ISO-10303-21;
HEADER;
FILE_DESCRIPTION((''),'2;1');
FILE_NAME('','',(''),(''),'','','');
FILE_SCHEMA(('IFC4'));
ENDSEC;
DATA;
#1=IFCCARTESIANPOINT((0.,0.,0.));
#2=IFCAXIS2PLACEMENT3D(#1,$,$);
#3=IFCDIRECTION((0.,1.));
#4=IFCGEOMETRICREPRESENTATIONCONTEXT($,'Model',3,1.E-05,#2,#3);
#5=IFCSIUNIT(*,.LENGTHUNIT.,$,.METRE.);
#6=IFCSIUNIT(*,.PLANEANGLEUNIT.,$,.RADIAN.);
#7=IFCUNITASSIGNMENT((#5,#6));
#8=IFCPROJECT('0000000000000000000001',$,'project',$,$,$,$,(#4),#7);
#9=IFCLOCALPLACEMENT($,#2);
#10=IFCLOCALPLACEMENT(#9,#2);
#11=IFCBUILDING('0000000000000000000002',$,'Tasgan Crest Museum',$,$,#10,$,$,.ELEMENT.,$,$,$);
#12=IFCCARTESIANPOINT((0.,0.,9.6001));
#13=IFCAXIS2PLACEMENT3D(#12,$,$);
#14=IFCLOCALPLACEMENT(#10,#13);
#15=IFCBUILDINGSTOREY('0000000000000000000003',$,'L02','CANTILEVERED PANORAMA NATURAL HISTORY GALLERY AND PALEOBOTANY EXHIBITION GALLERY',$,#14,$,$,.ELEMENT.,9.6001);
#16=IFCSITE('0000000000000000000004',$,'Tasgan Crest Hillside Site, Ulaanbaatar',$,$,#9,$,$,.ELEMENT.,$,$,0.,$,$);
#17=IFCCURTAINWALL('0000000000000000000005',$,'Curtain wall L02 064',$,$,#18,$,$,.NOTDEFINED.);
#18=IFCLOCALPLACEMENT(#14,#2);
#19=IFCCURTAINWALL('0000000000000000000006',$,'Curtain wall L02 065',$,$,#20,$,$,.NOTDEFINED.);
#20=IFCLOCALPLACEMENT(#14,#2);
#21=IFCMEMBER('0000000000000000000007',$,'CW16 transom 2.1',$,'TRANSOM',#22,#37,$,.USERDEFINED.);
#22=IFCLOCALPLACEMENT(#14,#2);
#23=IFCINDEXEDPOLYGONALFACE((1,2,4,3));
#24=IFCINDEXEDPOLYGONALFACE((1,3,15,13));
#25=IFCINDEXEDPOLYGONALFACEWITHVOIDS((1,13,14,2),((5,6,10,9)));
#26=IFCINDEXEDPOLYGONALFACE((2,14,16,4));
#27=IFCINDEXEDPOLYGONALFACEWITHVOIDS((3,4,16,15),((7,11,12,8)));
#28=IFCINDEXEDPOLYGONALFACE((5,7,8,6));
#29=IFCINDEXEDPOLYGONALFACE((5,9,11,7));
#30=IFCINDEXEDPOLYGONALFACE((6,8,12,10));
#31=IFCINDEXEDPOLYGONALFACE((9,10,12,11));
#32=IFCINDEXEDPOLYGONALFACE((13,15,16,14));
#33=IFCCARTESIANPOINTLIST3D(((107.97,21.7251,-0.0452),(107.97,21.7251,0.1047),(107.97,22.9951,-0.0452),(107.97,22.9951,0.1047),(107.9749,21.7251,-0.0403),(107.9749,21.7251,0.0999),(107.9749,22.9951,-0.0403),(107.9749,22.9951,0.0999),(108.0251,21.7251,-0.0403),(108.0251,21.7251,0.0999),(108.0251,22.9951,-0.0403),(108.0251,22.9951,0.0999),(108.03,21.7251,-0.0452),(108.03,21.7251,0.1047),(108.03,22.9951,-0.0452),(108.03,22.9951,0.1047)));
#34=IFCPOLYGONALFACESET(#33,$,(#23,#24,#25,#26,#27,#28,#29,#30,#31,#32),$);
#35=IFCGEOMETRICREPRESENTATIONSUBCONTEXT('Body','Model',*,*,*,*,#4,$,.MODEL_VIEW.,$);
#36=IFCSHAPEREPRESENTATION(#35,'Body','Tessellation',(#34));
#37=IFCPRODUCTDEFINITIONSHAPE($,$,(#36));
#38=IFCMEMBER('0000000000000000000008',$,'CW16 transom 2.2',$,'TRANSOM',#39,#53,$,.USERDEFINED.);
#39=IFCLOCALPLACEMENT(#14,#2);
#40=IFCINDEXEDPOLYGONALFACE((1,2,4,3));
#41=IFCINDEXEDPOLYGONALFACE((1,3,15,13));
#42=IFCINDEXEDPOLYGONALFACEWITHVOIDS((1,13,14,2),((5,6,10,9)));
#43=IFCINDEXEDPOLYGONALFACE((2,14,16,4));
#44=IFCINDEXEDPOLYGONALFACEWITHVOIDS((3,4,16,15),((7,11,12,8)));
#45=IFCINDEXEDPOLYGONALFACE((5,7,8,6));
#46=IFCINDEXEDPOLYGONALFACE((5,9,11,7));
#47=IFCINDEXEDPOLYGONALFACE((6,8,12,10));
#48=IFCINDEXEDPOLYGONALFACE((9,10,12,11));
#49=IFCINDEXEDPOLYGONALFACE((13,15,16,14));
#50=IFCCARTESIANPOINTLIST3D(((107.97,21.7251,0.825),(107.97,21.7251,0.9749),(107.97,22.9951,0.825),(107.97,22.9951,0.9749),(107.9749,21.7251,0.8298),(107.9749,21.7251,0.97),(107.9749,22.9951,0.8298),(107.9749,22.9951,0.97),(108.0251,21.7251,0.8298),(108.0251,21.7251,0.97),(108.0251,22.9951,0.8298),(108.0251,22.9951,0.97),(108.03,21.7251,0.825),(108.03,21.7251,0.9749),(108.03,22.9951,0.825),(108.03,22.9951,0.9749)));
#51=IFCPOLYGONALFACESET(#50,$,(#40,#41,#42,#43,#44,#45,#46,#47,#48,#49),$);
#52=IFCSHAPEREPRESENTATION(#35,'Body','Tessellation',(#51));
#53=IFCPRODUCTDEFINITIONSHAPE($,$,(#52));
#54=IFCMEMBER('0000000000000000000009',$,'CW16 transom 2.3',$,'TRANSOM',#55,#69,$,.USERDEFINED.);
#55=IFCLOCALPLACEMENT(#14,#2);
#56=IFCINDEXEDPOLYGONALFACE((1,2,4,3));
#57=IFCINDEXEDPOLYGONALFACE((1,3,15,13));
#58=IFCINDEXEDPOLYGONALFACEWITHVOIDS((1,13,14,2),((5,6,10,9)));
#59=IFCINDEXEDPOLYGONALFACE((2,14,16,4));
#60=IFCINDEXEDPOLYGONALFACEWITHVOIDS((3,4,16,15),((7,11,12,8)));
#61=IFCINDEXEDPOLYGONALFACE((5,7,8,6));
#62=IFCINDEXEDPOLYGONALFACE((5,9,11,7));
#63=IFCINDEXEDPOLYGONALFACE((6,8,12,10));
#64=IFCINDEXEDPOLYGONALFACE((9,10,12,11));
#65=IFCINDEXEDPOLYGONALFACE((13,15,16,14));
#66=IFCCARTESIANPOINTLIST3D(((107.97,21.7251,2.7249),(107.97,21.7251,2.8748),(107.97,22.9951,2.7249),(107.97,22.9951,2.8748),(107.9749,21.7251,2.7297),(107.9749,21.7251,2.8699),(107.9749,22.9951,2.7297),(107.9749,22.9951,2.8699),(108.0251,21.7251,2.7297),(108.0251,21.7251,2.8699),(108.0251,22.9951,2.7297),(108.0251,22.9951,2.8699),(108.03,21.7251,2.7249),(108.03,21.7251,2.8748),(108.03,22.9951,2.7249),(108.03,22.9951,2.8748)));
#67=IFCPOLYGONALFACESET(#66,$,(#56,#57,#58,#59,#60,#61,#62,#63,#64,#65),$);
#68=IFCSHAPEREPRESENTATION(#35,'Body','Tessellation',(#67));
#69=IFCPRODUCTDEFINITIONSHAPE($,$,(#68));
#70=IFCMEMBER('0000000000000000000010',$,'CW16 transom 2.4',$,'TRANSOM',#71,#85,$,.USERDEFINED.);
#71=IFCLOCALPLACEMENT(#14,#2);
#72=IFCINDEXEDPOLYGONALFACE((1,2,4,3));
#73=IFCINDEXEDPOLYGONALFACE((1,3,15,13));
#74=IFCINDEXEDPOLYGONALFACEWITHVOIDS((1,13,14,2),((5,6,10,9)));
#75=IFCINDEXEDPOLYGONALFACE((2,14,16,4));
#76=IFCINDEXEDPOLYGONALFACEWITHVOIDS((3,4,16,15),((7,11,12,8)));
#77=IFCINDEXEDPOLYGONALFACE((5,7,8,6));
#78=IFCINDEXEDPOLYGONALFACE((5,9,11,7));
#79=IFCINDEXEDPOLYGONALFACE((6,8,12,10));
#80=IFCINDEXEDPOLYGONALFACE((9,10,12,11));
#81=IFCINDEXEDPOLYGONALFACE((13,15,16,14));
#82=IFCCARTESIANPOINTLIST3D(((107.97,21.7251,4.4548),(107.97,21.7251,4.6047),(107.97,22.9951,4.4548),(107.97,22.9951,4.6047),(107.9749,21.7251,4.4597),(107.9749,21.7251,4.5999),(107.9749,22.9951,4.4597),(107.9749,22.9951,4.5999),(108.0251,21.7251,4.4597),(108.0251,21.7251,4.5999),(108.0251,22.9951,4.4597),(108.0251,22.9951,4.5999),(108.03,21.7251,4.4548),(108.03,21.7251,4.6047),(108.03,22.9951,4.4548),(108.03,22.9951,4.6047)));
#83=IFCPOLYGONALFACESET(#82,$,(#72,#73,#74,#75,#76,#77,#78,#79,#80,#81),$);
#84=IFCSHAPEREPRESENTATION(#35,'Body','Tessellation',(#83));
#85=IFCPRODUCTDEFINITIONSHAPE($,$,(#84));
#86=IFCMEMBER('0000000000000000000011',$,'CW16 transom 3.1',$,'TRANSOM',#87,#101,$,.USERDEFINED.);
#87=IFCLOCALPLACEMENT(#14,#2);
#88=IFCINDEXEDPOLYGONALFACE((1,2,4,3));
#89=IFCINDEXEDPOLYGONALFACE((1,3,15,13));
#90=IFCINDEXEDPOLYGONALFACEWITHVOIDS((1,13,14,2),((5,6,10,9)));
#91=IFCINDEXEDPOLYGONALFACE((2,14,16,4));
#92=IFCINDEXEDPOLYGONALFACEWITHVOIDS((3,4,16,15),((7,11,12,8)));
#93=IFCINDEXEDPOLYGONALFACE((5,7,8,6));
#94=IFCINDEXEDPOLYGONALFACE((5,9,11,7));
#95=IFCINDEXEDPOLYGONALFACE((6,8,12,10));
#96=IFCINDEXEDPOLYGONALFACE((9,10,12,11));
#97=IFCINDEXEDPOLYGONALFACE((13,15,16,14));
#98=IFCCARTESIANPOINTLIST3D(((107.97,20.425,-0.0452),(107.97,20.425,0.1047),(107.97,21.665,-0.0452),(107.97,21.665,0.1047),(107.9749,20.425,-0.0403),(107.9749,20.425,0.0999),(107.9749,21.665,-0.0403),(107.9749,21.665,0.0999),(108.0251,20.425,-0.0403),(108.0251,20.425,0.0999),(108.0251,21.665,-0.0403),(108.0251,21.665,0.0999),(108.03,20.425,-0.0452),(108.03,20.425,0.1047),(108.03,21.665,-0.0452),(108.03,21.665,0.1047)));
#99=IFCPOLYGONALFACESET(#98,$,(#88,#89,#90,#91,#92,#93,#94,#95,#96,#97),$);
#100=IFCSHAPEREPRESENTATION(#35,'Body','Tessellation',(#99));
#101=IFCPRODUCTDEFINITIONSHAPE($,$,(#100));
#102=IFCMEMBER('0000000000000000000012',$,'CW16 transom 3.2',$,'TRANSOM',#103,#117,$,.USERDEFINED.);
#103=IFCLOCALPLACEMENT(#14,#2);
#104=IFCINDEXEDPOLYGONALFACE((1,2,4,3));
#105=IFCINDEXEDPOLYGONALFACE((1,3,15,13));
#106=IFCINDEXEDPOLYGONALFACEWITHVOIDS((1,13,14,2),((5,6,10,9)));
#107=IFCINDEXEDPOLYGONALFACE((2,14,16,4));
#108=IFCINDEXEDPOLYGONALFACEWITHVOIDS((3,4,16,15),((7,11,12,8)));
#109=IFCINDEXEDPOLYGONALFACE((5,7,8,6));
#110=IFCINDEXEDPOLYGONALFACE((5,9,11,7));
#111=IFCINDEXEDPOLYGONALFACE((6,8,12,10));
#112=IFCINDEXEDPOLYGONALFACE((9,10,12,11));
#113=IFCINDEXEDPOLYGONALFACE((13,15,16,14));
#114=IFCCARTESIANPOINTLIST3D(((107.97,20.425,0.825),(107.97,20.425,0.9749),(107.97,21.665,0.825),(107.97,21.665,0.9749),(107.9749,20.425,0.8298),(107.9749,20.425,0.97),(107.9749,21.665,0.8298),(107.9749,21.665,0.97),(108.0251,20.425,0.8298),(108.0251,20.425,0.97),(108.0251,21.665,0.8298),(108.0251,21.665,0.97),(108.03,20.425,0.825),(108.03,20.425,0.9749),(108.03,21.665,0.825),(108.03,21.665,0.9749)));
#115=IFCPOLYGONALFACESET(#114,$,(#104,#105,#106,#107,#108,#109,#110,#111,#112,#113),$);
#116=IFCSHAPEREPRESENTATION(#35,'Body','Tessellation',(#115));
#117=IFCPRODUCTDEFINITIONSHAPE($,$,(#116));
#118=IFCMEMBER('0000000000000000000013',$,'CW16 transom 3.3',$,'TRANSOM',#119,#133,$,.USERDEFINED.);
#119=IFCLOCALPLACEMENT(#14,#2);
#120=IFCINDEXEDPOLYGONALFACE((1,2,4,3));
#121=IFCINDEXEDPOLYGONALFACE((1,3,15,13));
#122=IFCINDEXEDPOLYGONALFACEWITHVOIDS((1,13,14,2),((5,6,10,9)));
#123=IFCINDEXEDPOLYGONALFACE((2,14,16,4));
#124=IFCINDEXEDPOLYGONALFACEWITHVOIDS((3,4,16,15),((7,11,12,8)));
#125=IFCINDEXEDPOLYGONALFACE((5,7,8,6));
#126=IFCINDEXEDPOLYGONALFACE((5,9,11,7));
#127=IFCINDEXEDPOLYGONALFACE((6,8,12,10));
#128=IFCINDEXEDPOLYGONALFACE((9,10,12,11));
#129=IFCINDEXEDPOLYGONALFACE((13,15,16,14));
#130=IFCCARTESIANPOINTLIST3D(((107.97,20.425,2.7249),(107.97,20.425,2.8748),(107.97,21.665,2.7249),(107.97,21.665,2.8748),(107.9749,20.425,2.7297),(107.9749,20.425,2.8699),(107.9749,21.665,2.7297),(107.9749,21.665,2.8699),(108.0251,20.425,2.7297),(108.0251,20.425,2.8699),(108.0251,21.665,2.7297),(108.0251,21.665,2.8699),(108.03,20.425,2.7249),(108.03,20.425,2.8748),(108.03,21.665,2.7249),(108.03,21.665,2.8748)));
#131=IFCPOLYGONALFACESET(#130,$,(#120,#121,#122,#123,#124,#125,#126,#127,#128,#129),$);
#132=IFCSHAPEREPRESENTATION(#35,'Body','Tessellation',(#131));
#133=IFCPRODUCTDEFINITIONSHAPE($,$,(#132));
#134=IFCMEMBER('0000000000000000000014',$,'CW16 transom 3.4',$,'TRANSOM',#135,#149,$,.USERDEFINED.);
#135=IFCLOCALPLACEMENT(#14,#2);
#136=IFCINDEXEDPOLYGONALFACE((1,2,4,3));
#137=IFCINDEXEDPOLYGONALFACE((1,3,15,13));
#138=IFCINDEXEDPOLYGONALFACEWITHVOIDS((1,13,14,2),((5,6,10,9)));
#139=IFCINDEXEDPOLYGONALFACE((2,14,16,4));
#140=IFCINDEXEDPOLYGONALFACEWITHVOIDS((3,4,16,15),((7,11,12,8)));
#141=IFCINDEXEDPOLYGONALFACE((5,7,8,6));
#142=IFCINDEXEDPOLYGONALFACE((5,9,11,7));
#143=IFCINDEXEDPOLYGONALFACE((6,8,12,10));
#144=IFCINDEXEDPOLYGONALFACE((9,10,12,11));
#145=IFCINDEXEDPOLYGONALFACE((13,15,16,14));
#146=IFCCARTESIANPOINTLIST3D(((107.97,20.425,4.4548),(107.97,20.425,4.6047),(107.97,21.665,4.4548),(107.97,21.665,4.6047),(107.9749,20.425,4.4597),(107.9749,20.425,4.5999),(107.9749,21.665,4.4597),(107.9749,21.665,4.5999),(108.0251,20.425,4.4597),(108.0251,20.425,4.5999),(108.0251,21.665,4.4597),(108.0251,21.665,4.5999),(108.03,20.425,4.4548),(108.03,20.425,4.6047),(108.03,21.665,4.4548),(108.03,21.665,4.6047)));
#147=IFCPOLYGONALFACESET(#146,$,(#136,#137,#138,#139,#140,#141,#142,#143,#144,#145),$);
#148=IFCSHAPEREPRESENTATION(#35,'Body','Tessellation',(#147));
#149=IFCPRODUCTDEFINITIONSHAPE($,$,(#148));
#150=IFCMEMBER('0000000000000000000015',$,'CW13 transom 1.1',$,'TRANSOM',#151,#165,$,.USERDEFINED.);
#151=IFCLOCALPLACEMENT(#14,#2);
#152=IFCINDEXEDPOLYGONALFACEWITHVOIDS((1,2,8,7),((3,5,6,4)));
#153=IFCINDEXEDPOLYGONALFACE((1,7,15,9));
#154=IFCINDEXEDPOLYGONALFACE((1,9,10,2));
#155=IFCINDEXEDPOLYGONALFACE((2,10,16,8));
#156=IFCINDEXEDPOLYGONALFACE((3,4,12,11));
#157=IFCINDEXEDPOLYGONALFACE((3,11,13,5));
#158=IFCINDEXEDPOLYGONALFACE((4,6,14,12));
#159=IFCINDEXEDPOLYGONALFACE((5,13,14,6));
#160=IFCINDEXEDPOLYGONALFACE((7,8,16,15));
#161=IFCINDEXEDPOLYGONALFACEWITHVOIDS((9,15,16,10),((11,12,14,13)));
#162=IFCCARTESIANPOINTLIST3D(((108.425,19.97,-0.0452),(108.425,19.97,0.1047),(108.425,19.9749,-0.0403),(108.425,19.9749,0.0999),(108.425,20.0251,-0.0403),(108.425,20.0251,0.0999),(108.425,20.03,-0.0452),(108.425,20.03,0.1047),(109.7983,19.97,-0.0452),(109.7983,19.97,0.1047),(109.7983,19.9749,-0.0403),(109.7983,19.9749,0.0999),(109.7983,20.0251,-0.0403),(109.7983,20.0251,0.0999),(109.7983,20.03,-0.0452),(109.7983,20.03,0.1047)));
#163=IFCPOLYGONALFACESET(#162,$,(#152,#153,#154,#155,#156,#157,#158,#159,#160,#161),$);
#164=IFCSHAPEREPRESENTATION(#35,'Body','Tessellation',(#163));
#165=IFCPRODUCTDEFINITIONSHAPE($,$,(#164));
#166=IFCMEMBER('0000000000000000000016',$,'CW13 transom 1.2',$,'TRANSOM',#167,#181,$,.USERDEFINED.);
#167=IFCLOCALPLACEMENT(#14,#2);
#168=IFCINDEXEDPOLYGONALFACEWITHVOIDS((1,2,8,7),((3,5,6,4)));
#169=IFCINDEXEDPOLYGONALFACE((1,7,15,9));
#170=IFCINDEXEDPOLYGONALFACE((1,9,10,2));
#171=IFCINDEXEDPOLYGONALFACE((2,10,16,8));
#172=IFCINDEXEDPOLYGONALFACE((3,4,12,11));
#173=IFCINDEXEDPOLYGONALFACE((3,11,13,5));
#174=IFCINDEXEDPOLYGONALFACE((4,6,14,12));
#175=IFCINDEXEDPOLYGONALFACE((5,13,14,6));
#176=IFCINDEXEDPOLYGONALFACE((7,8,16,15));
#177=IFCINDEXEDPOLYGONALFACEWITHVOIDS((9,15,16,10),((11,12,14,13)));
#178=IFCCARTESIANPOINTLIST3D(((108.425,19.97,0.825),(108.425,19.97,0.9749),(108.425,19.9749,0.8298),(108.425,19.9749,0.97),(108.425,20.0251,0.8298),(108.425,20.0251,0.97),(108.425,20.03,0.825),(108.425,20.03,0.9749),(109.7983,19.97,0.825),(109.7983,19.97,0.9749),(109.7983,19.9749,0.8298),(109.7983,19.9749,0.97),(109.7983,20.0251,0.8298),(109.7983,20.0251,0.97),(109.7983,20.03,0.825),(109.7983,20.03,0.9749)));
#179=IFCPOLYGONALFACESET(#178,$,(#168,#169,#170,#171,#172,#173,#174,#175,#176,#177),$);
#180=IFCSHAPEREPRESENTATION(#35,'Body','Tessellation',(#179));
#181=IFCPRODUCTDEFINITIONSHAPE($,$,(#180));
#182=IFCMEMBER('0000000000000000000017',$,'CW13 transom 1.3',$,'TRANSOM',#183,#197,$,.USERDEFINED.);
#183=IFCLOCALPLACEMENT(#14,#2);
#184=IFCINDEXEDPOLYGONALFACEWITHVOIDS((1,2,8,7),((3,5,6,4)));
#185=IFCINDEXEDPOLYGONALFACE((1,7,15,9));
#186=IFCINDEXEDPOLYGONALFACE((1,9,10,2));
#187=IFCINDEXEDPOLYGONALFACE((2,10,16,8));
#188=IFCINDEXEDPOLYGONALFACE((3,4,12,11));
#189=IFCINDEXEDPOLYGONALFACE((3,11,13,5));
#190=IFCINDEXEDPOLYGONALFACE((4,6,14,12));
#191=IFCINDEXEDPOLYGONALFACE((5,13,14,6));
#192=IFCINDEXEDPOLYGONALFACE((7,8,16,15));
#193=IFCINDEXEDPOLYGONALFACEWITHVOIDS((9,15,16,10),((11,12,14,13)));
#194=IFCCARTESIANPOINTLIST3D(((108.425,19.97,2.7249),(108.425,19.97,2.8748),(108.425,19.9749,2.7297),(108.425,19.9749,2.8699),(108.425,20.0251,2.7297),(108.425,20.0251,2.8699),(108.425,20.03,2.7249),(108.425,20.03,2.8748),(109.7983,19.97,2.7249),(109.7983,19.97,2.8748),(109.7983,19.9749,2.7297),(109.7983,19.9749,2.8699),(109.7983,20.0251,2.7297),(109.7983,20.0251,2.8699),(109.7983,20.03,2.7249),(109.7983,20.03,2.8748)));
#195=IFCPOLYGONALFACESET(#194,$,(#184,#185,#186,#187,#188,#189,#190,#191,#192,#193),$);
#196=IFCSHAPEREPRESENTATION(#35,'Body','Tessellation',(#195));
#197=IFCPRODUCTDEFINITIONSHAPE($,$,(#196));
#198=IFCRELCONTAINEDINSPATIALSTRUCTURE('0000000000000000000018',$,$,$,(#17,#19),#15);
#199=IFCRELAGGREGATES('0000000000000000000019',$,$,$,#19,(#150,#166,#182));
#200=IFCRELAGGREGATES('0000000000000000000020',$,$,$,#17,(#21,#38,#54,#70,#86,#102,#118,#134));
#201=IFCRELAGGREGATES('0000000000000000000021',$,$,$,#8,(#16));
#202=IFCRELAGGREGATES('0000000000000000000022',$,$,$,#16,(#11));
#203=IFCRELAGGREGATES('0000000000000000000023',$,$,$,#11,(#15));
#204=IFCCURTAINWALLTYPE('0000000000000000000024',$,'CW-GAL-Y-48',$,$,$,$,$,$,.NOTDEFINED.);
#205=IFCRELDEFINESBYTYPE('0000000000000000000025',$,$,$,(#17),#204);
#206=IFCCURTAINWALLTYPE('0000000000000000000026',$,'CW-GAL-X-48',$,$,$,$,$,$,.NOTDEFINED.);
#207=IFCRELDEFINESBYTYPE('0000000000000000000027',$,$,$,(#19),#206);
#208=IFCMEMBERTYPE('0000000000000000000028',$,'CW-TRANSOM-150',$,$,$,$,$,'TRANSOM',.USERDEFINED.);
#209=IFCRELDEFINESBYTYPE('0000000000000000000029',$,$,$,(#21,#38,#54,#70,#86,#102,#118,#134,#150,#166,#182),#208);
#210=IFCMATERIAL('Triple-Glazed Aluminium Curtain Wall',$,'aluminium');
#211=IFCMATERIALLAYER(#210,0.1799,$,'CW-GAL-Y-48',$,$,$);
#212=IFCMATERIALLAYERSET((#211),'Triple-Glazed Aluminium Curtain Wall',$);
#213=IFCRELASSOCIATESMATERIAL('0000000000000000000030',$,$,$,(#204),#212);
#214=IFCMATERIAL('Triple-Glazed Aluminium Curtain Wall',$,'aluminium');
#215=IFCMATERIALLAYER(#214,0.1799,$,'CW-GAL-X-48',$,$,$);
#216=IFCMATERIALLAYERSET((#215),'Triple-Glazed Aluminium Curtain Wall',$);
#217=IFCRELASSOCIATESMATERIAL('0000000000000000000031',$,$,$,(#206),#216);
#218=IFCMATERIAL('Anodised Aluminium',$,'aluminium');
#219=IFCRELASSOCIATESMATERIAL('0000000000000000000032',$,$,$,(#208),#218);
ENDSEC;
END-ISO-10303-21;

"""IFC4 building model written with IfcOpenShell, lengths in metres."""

from ifc_helpers import new_model, si_unit, direction, frame, origin, origin_2d, place, context, subcontext, project, spatial, hollow_rectangle, extrude, material, layer, layer_set, material_profile, profile_set, type_object, element, aggregate, save


model = new_model("IFC4")

# Units and contexts
model_context = context("Model", 3, precision=1e-05, world=origin(), true_north=direction((0.0, 1.0)))
body_context = subcontext(model_context, "Body", "Model", "MODEL_VIEW")
ifc_project = project(units=[si_unit("LENGTHUNIT", "METRE"), si_unit("PLANEANGLEUNIT", "RADIAN")], contexts=[model_context])

# Site, building, storey
site_placement = place(None, origin())
site = spatial("IfcSite", under=ifc_project, at=site_placement, Name="Tasgan Crest Hillside Site, Ulaanbaatar", CompositionType="ELEMENT", RefElevation=0.0)
building_placement = place(site_placement, origin())
building = spatial("IfcBuilding", under=site, at=building_placement, Name="Tasgan Crest Museum", CompositionType="ELEMENT")
storey_placement = place(building_placement, frame((0.0, 0.0, 9.6001)))
storey = spatial("IfcBuildingStorey", under=building, at=storey_placement, Name="L02", Description="CANTILEVERED PANORAMA NATURAL HISTORY GALLERY AND PALEOBOTANY EXHIBITION GALLERY", CompositionType="ELEMENT", Elevation=9.6001)

# Curtain wall
ifc_material_1 = material(Name="Triple-Glazed Aluminium Curtain Wall", Category="aluminium")
ifc_layer_1 = layer(ifc_material_1, 0.1799, Name="CW-GAL-Y-48")
ifc_layer_set_1 = layer_set([ifc_layer_1], Name="Triple-Glazed Aluminium Curtain Wall")
curtain_wall_type_1 = type_object("IfcCurtainWallType", Name="CW-GAL-Y-48", PredefinedType="NOTDEFINED", material=ifc_layer_set_1)
curtain_wall_1_placement = place(storey_placement, origin())
curtain_wall_1 = element("IfcCurtainWall", 1, at=curtain_wall_1_placement, inside=storey, type_object=curtain_wall_type_1, Name="Curtain wall L02 064", PredefinedType="NOTDEFINED")

# Curtain wall
ifc_material_2 = material(Name="Triple-Glazed Aluminium Curtain Wall", Category="aluminium")
ifc_layer_2 = layer(ifc_material_2, 0.1799, Name="CW-GAL-X-48")
ifc_layer_set_2 = layer_set([ifc_layer_2], Name="Triple-Glazed Aluminium Curtain Wall")
curtain_wall_type_2 = type_object("IfcCurtainWallType", Name="CW-GAL-X-48", PredefinedType="NOTDEFINED", material=ifc_layer_set_2)
curtain_wall_2_placement = place(storey_placement, origin())
curtain_wall_2 = element("IfcCurtainWall", 2, at=curtain_wall_2_placement, inside=storey, type_object=curtain_wall_type_2, Name="Curtain wall L02 065", PredefinedType="NOTDEFINED")

# Members
ifc_material_3 = material(Name="Anodised Aluminium", Category="aluminium")
ifc_material_profile_1 = material_profile(ifc_material_3, hollow_rectangle(XDim=0.0601, YDim=0.1499, WallThickness=0.0049, at=origin_2d()), Name="ALU TRANSOM 150x60x5")
ifc_profile_set_1 = profile_set([ifc_material_profile_1], Name="Anodised Aluminium")
member_type_1 = type_object("IfcMemberType", Name="CW-TRANSOM-150", ElementType="TRANSOM", PredefinedType="USERDEFINED", material=ifc_profile_set_1)
member_1_placement = place(storey_placement, frame((108.0, 22.9951, 0.0298), z_axis=(0.0, -1.0, 0.0), x_axis=(1.0, 0.0, 0.0)))
member_1 = element("IfcMember", 3, at=member_1_placement, type_object=member_type_1, Name="CW16 transom 2.1", ObjectType="TRANSOM", PredefinedType="USERDEFINED", context=body_context, shape_type="SweptSolid", body=[
    extrude(hollow_rectangle(XDim=0.0601, YDim=0.1499, WallThickness=0.0049, at=origin_2d()), origin(), (0.0, 0.0, 1.0), 1.27),
])
member_2_placement = place(storey_placement, frame((108.0, 22.9951, 0.8999), z_axis=(0.0, -1.0, 0.0), x_axis=(1.0, 0.0, 0.0)))
member_2 = element("IfcMember", 4, at=member_2_placement, type_object=member_type_1, Name="CW16 transom 2.2", ObjectType="TRANSOM", PredefinedType="USERDEFINED", context=body_context, shape_type="SweptSolid", body=[
    extrude(hollow_rectangle(XDim=0.0601, YDim=0.1499, WallThickness=0.0049, at=origin_2d()), origin(), (0.0, 0.0, 1.0), 1.27),
])
member_3_placement = place(storey_placement, frame((108.0, 22.9951, 2.7998), z_axis=(0.0, -1.0, 0.0), x_axis=(1.0, 0.0, 0.0)))
member_3 = element("IfcMember", 5, at=member_3_placement, type_object=member_type_1, Name="CW16 transom 2.3", ObjectType="TRANSOM", PredefinedType="USERDEFINED", context=body_context, shape_type="SweptSolid", body=[
    extrude(hollow_rectangle(XDim=0.0601, YDim=0.1499, WallThickness=0.0049, at=origin_2d()), origin(), (0.0, 0.0, 1.0), 1.27),
])
member_4_placement = place(storey_placement, frame((108.0, 22.9951, 4.5298), z_axis=(0.0, -1.0, 0.0), x_axis=(1.0, 0.0, 0.0)))
member_4 = element("IfcMember", 6, at=member_4_placement, type_object=member_type_1, Name="CW16 transom 2.4", ObjectType="TRANSOM", PredefinedType="USERDEFINED", context=body_context, shape_type="SweptSolid", body=[
    extrude(hollow_rectangle(XDim=0.0601, YDim=0.1499, WallThickness=0.0049, at=origin_2d()), origin(), (0.0, 0.0, 1.0), 1.27),
])
member_5_placement = place(storey_placement, frame((108.0, 21.665, 0.0298), z_axis=(0.0, -1.0, 0.0), x_axis=(1.0, 0.0, 0.0)))
member_5 = element("IfcMember", 7, at=member_5_placement, type_object=member_type_1, Name="CW16 transom 3.1", ObjectType="TRANSOM", PredefinedType="USERDEFINED", context=body_context, shape_type="SweptSolid", body=[
    extrude(hollow_rectangle(XDim=0.0601, YDim=0.1499, WallThickness=0.0049, at=origin_2d()), origin(), (0.0, 0.0, 1.0), 1.24),
])
member_6_placement = place(storey_placement, frame((108.0, 21.665, 0.8999), z_axis=(0.0, -1.0, 0.0), x_axis=(1.0, 0.0, 0.0)))
member_6 = element("IfcMember", 8, at=member_6_placement, type_object=member_type_1, Name="CW16 transom 3.2", ObjectType="TRANSOM", PredefinedType="USERDEFINED", context=body_context, shape_type="SweptSolid", body=[
    extrude(hollow_rectangle(XDim=0.0601, YDim=0.1499, WallThickness=0.0049, at=origin_2d()), origin(), (0.0, 0.0, 1.0), 1.24),
])
member_7_placement = place(storey_placement, frame((108.0, 21.665, 2.7998), z_axis=(0.0, -1.0, 0.0), x_axis=(1.0, 0.0, 0.0)))
member_7 = element("IfcMember", 9, at=member_7_placement, type_object=member_type_1, Name="CW16 transom 3.3", ObjectType="TRANSOM", PredefinedType="USERDEFINED", context=body_context, shape_type="SweptSolid", body=[
    extrude(hollow_rectangle(XDim=0.0601, YDim=0.1499, WallThickness=0.0049, at=origin_2d()), origin(), (0.0, 0.0, 1.0), 1.24),
])
member_8_placement = place(storey_placement, frame((108.0, 21.665, 4.5298), z_axis=(0.0, -1.0, 0.0), x_axis=(1.0, 0.0, 0.0)))
member_8 = element("IfcMember", 10, at=member_8_placement, type_object=member_type_1, Name="CW16 transom 3.4", ObjectType="TRANSOM", PredefinedType="USERDEFINED", context=body_context, shape_type="SweptSolid", body=[
    extrude(hollow_rectangle(XDim=0.0601, YDim=0.1499, WallThickness=0.0049, at=origin_2d()), origin(), (0.0, 0.0, 1.0), 1.24),
])
member_9_placement = place(storey_placement, frame((108.425, 20.0, 0.0298), z_axis=(1.0, 0.0, 0.0), x_axis=(0.0, 1.0, 0.0)))
member_9 = element("IfcMember", 11, at=member_9_placement, type_object=member_type_1, Name="CW13 transom 1.1", ObjectType="TRANSOM", PredefinedType="USERDEFINED", context=body_context, shape_type="SweptSolid", body=[
    extrude(hollow_rectangle(XDim=0.0601, YDim=0.1499, WallThickness=0.0049, at=origin_2d()), origin(), (0.0, 0.0, 1.0), 1.3733),
])
member_10_placement = place(storey_placement, frame((108.425, 20.0, 0.8999), z_axis=(1.0, 0.0, 0.0), x_axis=(0.0, 1.0, 0.0)))
member_10 = element("IfcMember", 12, at=member_10_placement, type_object=member_type_1, Name="CW13 transom 1.2", ObjectType="TRANSOM", PredefinedType="USERDEFINED", context=body_context, shape_type="SweptSolid", body=[
    extrude(hollow_rectangle(XDim=0.0601, YDim=0.1499, WallThickness=0.0049, at=origin_2d()), origin(), (0.0, 0.0, 1.0), 1.3733),
])
member_11_placement = place(storey_placement, frame((108.425, 20.0, 2.7998), z_axis=(1.0, 0.0, 0.0), x_axis=(0.0, 1.0, 0.0)))
member_11 = element("IfcMember", 13, at=member_11_placement, type_object=member_type_1, Name="CW13 transom 1.3", ObjectType="TRANSOM", PredefinedType="USERDEFINED", context=body_context, shape_type="SweptSolid", body=[
    extrude(hollow_rectangle(XDim=0.0601, YDim=0.1499, WallThickness=0.0049, at=origin_2d()), origin(), (0.0, 0.0, 1.0), 1.3733),
])

aggregate(curtain_wall_2, [member_9, member_10, member_11])
aggregate(curtain_wall_1, [member_1, member_2, member_3, member_4, member_5, member_6, member_7, member_8])

save(model, "model.ifc")
